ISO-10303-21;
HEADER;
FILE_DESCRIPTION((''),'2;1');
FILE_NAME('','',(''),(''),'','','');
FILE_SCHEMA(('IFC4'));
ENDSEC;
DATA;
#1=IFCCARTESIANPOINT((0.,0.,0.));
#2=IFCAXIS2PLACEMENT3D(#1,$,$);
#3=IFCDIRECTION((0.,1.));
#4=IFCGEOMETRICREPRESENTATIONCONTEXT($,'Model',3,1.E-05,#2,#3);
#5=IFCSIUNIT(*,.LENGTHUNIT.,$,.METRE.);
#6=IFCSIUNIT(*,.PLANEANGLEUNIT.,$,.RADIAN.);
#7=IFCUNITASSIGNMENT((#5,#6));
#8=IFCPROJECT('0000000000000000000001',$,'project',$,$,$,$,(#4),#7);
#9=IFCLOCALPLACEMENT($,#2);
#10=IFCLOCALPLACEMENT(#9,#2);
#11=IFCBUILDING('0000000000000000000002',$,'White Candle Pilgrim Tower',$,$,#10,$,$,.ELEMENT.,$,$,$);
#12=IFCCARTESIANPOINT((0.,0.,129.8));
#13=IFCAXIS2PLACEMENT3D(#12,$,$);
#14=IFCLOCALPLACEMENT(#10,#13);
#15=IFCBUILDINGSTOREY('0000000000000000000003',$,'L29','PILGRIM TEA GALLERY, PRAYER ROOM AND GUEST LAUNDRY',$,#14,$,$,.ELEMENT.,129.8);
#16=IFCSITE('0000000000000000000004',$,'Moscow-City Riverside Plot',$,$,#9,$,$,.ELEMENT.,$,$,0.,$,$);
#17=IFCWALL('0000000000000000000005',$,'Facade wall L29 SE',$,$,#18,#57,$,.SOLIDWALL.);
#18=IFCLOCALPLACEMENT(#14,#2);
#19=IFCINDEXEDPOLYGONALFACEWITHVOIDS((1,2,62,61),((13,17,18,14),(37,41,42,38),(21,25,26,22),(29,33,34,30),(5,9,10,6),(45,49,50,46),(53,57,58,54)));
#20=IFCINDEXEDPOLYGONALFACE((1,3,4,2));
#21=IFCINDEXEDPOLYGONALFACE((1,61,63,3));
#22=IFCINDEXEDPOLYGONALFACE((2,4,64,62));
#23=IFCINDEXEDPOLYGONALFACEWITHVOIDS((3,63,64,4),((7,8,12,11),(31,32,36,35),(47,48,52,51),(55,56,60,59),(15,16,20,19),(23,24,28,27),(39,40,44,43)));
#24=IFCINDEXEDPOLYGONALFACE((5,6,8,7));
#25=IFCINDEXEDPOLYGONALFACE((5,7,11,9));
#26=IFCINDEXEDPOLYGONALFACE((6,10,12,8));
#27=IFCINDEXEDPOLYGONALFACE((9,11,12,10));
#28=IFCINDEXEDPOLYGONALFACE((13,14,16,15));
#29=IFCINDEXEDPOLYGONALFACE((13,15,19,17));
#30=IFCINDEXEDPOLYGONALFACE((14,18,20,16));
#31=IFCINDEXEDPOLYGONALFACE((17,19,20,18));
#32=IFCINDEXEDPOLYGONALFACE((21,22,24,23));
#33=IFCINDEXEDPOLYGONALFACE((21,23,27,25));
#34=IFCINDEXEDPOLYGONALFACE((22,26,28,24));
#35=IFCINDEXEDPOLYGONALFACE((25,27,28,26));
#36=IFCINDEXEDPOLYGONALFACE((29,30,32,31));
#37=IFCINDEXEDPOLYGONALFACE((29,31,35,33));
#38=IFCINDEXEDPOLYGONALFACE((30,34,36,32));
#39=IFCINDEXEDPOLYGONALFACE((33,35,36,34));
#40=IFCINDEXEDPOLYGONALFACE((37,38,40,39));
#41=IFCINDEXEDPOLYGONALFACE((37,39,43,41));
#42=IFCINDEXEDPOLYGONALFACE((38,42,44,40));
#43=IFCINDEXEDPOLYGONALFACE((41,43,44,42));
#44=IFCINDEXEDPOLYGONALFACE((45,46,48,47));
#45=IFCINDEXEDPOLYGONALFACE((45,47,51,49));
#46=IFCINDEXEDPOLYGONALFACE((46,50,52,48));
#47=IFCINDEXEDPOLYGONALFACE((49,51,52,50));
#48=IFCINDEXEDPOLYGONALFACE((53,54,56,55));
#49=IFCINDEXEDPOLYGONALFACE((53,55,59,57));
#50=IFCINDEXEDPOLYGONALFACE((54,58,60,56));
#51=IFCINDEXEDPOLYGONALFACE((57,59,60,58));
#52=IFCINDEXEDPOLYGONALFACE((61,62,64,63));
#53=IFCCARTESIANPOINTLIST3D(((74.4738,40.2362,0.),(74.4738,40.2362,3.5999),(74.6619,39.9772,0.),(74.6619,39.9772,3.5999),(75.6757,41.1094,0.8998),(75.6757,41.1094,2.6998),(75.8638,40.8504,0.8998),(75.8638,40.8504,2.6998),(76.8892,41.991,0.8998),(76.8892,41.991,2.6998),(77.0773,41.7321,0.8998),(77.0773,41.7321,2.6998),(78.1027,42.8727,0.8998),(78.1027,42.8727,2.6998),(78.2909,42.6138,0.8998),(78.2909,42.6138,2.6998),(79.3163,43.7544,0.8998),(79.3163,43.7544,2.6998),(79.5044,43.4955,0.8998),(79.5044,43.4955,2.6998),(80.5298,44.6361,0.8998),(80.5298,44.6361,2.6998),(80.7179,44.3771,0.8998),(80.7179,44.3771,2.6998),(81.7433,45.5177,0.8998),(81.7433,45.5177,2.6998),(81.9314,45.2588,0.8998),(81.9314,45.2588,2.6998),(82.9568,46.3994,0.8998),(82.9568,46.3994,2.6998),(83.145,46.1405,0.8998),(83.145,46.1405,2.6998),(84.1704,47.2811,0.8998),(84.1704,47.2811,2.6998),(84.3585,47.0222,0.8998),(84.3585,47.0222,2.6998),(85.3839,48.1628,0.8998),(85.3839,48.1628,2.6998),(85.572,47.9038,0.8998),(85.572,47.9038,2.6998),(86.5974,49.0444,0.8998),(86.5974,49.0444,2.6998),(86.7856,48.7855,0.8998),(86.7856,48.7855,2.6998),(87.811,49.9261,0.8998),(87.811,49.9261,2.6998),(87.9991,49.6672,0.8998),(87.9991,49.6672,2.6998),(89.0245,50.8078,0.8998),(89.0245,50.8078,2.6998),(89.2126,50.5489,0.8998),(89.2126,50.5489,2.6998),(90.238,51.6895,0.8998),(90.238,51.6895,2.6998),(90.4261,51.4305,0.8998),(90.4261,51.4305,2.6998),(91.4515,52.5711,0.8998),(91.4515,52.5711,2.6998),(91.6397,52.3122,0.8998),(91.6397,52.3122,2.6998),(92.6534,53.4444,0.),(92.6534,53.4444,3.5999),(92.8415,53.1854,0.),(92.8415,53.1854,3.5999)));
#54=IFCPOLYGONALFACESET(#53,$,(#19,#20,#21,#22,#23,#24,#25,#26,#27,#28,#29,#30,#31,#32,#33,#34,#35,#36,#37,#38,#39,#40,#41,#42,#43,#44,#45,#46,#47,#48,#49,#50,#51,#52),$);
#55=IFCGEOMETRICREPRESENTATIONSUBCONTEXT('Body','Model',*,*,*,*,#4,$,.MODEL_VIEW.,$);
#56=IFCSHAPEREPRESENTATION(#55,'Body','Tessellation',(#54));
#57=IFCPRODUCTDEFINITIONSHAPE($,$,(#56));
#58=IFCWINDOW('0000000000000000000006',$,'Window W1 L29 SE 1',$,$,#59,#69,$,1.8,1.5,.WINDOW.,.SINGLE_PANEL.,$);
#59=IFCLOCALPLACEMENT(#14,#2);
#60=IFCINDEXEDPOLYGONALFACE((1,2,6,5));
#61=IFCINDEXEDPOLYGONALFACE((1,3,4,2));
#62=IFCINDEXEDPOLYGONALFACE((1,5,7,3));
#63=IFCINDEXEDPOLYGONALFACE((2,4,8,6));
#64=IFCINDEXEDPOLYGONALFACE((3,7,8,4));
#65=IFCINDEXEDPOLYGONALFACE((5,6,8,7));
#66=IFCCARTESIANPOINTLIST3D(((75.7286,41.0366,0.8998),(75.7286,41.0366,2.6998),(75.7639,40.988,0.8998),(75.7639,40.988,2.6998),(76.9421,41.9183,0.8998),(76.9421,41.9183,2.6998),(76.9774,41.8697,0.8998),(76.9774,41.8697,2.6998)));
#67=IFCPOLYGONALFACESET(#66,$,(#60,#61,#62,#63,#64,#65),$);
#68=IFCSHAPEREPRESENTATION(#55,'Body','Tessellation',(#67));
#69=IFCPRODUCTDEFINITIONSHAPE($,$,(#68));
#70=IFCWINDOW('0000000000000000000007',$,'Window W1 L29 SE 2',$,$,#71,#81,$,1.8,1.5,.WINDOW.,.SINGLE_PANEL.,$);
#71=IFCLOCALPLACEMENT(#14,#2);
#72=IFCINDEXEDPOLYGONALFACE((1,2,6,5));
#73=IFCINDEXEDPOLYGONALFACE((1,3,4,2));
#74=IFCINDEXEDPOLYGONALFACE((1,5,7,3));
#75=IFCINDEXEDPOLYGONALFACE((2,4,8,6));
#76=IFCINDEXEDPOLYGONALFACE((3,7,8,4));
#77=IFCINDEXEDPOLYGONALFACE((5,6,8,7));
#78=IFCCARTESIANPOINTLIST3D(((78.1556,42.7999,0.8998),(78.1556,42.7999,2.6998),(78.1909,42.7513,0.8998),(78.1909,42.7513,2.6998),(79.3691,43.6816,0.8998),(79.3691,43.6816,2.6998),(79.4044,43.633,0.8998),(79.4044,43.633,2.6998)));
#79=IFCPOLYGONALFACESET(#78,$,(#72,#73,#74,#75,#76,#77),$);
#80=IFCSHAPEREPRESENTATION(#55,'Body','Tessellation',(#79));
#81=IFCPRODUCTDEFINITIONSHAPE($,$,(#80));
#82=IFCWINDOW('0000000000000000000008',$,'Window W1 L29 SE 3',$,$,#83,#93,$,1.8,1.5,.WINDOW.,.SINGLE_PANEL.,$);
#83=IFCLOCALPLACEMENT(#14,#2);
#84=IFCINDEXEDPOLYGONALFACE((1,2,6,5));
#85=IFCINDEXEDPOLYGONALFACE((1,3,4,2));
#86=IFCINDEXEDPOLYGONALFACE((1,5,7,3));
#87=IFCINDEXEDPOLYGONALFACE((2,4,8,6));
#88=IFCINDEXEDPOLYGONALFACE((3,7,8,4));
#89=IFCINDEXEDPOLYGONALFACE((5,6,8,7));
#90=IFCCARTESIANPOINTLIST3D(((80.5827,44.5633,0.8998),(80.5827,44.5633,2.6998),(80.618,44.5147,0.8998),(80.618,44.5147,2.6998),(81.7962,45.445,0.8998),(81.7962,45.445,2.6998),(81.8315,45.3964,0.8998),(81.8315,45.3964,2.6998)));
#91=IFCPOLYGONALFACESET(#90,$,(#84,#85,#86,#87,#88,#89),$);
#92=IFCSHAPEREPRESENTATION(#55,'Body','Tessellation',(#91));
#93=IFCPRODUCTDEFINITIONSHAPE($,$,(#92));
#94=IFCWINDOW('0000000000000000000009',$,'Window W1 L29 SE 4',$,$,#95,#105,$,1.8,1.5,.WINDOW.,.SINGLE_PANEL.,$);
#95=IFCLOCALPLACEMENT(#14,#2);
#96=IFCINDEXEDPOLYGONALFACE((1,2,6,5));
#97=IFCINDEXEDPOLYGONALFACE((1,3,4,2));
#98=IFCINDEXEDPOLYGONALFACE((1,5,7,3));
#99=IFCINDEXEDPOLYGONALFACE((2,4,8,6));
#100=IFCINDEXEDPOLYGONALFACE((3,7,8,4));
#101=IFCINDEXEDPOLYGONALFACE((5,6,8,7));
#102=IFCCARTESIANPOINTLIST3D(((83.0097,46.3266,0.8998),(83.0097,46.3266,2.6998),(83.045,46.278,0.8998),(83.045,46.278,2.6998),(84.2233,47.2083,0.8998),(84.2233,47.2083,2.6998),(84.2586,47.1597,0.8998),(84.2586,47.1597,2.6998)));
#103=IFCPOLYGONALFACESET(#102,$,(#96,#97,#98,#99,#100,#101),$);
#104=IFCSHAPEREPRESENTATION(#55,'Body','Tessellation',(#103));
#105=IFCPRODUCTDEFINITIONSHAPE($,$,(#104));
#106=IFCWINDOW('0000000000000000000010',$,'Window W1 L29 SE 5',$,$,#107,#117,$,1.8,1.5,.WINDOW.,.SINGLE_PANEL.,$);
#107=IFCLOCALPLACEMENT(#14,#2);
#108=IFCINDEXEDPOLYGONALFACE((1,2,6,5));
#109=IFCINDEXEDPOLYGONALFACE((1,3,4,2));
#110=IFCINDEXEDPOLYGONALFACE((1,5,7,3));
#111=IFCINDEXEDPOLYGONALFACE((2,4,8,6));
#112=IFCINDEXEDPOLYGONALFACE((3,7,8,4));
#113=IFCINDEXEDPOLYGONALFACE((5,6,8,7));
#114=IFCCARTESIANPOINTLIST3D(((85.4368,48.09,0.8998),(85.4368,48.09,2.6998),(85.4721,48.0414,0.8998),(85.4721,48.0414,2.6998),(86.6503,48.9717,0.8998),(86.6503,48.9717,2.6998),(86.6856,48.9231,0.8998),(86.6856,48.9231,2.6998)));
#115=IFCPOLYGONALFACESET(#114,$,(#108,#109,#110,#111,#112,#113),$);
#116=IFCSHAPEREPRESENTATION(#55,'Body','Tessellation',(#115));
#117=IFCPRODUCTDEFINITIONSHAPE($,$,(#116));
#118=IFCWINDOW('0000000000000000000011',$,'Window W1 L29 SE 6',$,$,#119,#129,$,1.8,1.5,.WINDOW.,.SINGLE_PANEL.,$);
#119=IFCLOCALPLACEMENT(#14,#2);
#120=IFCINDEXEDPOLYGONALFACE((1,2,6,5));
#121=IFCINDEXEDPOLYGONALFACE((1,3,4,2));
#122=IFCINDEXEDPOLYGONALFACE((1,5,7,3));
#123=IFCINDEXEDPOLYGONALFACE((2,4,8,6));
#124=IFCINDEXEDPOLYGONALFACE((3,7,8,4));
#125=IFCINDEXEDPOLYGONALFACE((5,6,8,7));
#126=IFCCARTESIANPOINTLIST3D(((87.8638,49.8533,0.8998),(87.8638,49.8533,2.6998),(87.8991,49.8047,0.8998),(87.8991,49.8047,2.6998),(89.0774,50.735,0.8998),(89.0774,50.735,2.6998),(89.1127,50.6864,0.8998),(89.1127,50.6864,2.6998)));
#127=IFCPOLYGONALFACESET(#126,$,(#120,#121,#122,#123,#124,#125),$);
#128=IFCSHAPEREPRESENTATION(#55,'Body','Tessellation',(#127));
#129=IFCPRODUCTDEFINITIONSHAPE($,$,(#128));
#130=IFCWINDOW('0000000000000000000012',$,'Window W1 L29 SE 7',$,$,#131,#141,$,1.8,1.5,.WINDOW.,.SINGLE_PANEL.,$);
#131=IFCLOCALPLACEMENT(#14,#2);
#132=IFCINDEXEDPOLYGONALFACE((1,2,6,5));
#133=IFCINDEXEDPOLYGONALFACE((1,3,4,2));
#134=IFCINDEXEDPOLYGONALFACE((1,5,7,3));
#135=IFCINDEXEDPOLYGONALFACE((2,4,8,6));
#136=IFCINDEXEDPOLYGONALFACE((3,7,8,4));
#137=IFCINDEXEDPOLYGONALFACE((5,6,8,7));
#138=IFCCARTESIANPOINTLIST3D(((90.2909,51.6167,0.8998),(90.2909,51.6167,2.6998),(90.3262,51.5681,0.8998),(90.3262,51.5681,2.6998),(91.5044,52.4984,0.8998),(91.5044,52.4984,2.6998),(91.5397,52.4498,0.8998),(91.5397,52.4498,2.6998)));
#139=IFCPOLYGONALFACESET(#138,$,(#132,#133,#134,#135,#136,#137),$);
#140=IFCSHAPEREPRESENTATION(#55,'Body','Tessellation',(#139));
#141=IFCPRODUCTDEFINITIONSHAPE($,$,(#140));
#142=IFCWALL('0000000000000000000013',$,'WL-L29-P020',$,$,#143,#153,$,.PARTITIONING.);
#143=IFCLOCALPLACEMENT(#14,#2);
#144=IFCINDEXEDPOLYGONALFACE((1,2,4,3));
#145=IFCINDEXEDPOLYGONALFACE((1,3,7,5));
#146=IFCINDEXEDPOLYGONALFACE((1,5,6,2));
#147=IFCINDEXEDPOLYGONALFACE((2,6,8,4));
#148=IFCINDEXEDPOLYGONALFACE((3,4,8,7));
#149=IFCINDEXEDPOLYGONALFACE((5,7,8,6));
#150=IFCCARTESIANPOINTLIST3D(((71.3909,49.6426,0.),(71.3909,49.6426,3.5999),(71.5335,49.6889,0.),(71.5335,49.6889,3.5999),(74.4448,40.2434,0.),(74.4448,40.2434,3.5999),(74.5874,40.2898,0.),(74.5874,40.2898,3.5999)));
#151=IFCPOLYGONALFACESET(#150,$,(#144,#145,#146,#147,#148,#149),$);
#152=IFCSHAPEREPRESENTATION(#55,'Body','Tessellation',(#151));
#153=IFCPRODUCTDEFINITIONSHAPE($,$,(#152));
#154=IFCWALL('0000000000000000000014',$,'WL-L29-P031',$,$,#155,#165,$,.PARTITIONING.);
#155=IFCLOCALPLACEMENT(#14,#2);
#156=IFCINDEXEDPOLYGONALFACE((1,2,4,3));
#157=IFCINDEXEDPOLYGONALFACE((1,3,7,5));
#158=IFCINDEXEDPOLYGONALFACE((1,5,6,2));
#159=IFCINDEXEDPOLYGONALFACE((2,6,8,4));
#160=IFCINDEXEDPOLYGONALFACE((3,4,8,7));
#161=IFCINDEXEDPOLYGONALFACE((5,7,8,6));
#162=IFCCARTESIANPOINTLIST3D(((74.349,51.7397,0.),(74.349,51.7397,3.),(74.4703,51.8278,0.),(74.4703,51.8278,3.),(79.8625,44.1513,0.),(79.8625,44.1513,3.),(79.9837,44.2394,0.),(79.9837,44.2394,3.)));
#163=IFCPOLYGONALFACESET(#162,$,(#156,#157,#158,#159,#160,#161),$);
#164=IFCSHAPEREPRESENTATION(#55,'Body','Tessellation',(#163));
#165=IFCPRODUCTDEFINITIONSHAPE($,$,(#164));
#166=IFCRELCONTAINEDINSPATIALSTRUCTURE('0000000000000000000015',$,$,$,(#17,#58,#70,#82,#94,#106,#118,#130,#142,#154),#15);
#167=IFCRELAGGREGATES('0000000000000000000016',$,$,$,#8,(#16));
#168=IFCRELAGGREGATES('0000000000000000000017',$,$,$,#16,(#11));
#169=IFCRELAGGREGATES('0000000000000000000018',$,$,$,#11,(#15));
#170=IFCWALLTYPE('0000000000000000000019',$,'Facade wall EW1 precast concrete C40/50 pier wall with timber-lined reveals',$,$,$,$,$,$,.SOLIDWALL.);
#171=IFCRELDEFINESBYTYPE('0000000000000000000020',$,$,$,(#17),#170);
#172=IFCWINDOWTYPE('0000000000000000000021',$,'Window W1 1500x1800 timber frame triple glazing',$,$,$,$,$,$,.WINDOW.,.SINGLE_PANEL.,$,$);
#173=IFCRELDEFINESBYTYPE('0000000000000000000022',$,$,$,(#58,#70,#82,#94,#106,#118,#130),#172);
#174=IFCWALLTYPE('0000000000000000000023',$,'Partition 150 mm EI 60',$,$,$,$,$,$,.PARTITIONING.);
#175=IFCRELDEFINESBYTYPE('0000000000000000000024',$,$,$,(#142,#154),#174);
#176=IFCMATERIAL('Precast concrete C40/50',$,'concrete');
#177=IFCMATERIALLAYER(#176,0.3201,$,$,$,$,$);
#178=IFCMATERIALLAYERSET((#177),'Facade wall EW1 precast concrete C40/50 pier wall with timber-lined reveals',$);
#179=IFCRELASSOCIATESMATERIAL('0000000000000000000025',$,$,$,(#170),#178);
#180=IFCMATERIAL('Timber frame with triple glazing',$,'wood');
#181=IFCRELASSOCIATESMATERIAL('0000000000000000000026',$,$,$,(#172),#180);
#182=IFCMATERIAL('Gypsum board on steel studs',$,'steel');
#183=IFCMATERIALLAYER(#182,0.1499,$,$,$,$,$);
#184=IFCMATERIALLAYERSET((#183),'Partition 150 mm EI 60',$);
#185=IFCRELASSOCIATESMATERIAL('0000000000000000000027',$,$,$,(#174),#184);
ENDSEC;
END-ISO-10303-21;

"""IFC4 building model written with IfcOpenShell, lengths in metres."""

from ifc_helpers import new_model, si_unit, direction, frame, frame_2d, origin, place, context, subcontext, project, spatial, rectangle, extrude, material, layer, layer_set, type_object, element, fill, save


model = new_model("IFC4")

# Units and contexts
model_context = context("Model", 3, precision=1e-05, world=origin(), true_north=direction((0.0, 1.0)))
body_context = subcontext(model_context, "Body", "Model", "MODEL_VIEW")
ifc_project = project(units=[si_unit("LENGTHUNIT", "METRE"), si_unit("PLANEANGLEUNIT", "RADIAN")], contexts=[model_context])

# Site, building, storey
site_placement = place(None, origin())
site = spatial("IfcSite", under=ifc_project, at=site_placement, Name="Moscow-City Riverside Plot", CompositionType="ELEMENT", RefElevation=0.0)
building_placement = place(site_placement, origin())
building = spatial("IfcBuilding", under=site, at=building_placement, Name="White Candle Pilgrim Tower", CompositionType="ELEMENT")
storey_placement = place(building_placement, frame((0.0, 0.0, 129.8)))
storey = spatial("IfcBuildingStorey", under=building, at=storey_placement, Name="L29", Description="PILGRIM TEA GALLERY, PRAYER ROOM AND GUEST LAUNDRY", CompositionType="ELEMENT", Elevation=129.8)

# Shared definitions
ifc_material_1 = material(Name="Gypsum board on steel studs", Category="steel")

# Wall, openings, windows
ifc_material_2 = material(Name="Precast concrete C40/50", Category="concrete")
ifc_layer_1 = layer(ifc_material_2, 0.3201)
ifc_layer_set_1 = layer_set([ifc_layer_1], Name="Facade wall EW1 precast concrete C40/50 pier wall with timber-lined reveals")
wall_type_1 = type_object("IfcWallType", Name="Facade wall EW1 precast concrete C40/50 pier wall with timber-lined reveals", PredefinedType="SOLIDWALL", material=ifc_layer_set_1)
wall_1_placement = place(storey_placement, frame((74.5679, 40.1067, 0.0), z_axis=(0.0, 0.0, 1.0), x_axis=(0.809018, 0.587783, 0.0)))
wall_1 = element("IfcWall", 1, at=wall_1_placement, inside=storey, type_object=wall_type_1, Name="Facade wall L29 SE", PredefinedType="SOLIDWALL", context=body_context, shape_type="SweptSolid", body=[
    extrude(rectangle(XDim=22.4712, YDim=0.3201, at=frame_2d((11.2356, 0.0))), origin(), (0.0, 0.0, 1.0), 3.5999),
])
opening_1_placement = place(wall_1_placement, frame((1.4856, 0.0, 0.8999)))
opening_1 = element("IfcOpeningElement", 2, at=opening_1_placement, cuts=wall_1, PredefinedType="OPENING", context=body_context, shape_type="SweptSolid", body=[
    extrude(rectangle(XDim=1.5, YDim=1.8, at=frame_2d((0.75, 0.8999))), frame((0.0, 0.1699, 0.0), z_axis=(0.0, -1.0, 0.0), x_axis=(1.0, 0.0, 0.0)), (0.0, 0.0, 1.0), 0.3401),
])
opening_2_placement = place(wall_1_placement, frame((4.4856, 0.0, 0.8999)))
opening_2 = element("IfcOpeningElement", 3, at=opening_2_placement, cuts=wall_1, PredefinedType="OPENING", context=body_context, shape_type="SweptSolid", body=[
    extrude(rectangle(XDim=1.5, YDim=1.8, at=frame_2d((0.75, 0.8999))), frame((0.0, 0.1699, 0.0), z_axis=(0.0, -1.0, 0.0), x_axis=(1.0, 0.0, 0.0)), (0.0, 0.0, 1.0), 0.3401),
])
opening_3_placement = place(wall_1_placement, frame((7.4856, 0.0, 0.8999)))
opening_3 = element("IfcOpeningElement", 4, at=opening_3_placement, cuts=wall_1, PredefinedType="OPENING", context=body_context, shape_type="SweptSolid", body=[
    extrude(rectangle(XDim=1.5, YDim=1.8, at=frame_2d((0.75, 0.8999))), frame((0.0, 0.1699, 0.0), z_axis=(0.0, -1.0, 0.0), x_axis=(1.0, 0.0, 0.0)), (0.0, 0.0, 1.0), 0.3401),
])
opening_4_placement = place(wall_1_placement, frame((10.4856, 0.0, 0.8999)))
opening_4 = element("IfcOpeningElement", 5, at=opening_4_placement, cuts=wall_1, PredefinedType="OPENING", context=body_context, shape_type="SweptSolid", body=[
    extrude(rectangle(XDim=1.5, YDim=1.8, at=frame_2d((0.75, 0.8999))), frame((0.0, 0.1699, 0.0), z_axis=(0.0, -1.0, 0.0), x_axis=(1.0, 0.0, 0.0)), (0.0, 0.0, 1.0), 0.3401),
])
opening_5_placement = place(wall_1_placement, frame((13.4856, 0.0, 0.8999)))
opening_5 = element("IfcOpeningElement", 6, at=opening_5_placement, cuts=wall_1, PredefinedType="OPENING", context=body_context, shape_type="SweptSolid", body=[
    extrude(rectangle(XDim=1.5, YDim=1.8, at=frame_2d((0.75, 0.8999))), frame((0.0, 0.1699, 0.0), z_axis=(0.0, -1.0, 0.0), x_axis=(1.0, 0.0, 0.0)), (0.0, 0.0, 1.0), 0.3401),
])
opening_6_placement = place(wall_1_placement, frame((16.4856, 0.0, 0.8999)))
opening_6 = element("IfcOpeningElement", 7, at=opening_6_placement, cuts=wall_1, PredefinedType="OPENING", context=body_context, shape_type="SweptSolid", body=[
    extrude(rectangle(XDim=1.5, YDim=1.8, at=frame_2d((0.75, 0.8999))), frame((0.0, 0.1699, 0.0), z_axis=(0.0, -1.0, 0.0), x_axis=(1.0, 0.0, 0.0)), (0.0, 0.0, 1.0), 0.3401),
])
opening_7_placement = place(wall_1_placement, frame((19.4856, 0.0, 0.8999)))
opening_7 = element("IfcOpeningElement", 8, at=opening_7_placement, cuts=wall_1, PredefinedType="OPENING", context=body_context, shape_type="SweptSolid", body=[
    extrude(rectangle(XDim=1.5, YDim=1.8, at=frame_2d((0.75, 0.8999))), frame((0.0, 0.1699, 0.0), z_axis=(0.0, -1.0, 0.0), x_axis=(1.0, 0.0, 0.0)), (0.0, 0.0, 1.0), 0.3401),
])
ifc_material_3 = material(Name="Timber frame with triple glazing", Category="wood")
window_type = type_object("IfcWindowType", Name="Window W1 1500x1800 timber frame triple glazing", PartitioningType="SINGLE_PANEL", PredefinedType="WINDOW", material=ifc_material_3)
window_1_placement = place(opening_1_placement, origin())
window_1 = element("IfcWindow", 9, at=window_1_placement, inside=storey, type_object=window_type, Name="Window W1 L29 SE 1", OverallHeight=1.8, OverallWidth=1.5, PartitioningType="SINGLE_PANEL", PredefinedType="WINDOW", context=body_context, shape_type="SweptSolid", body=[
    extrude(rectangle(XDim=1.5, YDim=1.8, at=frame_2d((0.75, 0.8999))), frame((0.0, 0.0701, 0.0), z_axis=(0.0, -1.0, 0.0), x_axis=(1.0, 0.0, 0.0)), (0.0, 0.0, 1.0), 0.0601),
])
fill(opening_1, window_1)
window_2_placement = place(opening_2_placement, origin())
window_2 = element("IfcWindow", 10, at=window_2_placement, inside=storey, type_object=window_type, Name="Window W1 L29 SE 2", OverallHeight=1.8, OverallWidth=1.5, PartitioningType="SINGLE_PANEL", PredefinedType="WINDOW", context=body_context, shape_type="SweptSolid", body=[
    extrude(rectangle(XDim=1.5, YDim=1.8, at=frame_2d((0.75, 0.8999))), frame((0.0, 0.0701, 0.0), z_axis=(0.0, -1.0, 0.0), x_axis=(1.0, 0.0, 0.0)), (0.0, 0.0, 1.0), 0.0601),
])
fill(opening_2, window_2)
window_3_placement = place(opening_3_placement, origin())
window_3 = element("IfcWindow", 11, at=window_3_placement, inside=storey, type_object=window_type, Name="Window W1 L29 SE 3", OverallHeight=1.8, OverallWidth=1.5, PartitioningType="SINGLE_PANEL", PredefinedType="WINDOW", context=body_context, shape_type="SweptSolid", body=[
    extrude(rectangle(XDim=1.5, YDim=1.8, at=frame_2d((0.75, 0.8999))), frame((0.0, 0.0701, 0.0), z_axis=(0.0, -1.0, 0.0), x_axis=(1.0, 0.0, 0.0)), (0.0, 0.0, 1.0), 0.0601),
])
fill(opening_3, window_3)
window_4_placement = place(opening_4_placement, origin())
window_4 = element("IfcWindow", 12, at=window_4_placement, inside=storey, type_object=window_type, Name="Window W1 L29 SE 4", OverallHeight=1.8, OverallWidth=1.5, PartitioningType="SINGLE_PANEL", PredefinedType="WINDOW", context=body_context, shape_type="SweptSolid", body=[
    extrude(rectangle(XDim=1.5, YDim=1.8, at=frame_2d((0.75, 0.8999))), frame((0.0, 0.0701, 0.0), z_axis=(0.0, -1.0, 0.0), x_axis=(1.0, 0.0, 0.0)), (0.0, 0.0, 1.0), 0.0601),
])
fill(opening_4, window_4)
window_5_placement = place(opening_5_placement, origin())
window_5 = element("IfcWindow", 13, at=window_5_placement, inside=storey, type_object=window_type, Name="Window W1 L29 SE 5", OverallHeight=1.8, OverallWidth=1.5, PartitioningType="SINGLE_PANEL", PredefinedType="WINDOW", context=body_context, shape_type="SweptSolid", body=[
    extrude(rectangle(XDim=1.5, YDim=1.8, at=frame_2d((0.75, 0.8999))), frame((0.0, 0.0701, 0.0), z_axis=(0.0, -1.0, 0.0), x_axis=(1.0, 0.0, 0.0)), (0.0, 0.0, 1.0), 0.0601),
])
fill(opening_5, window_5)
window_6_placement = place(opening_6_placement, origin())
window_6 = element("IfcWindow", 14, at=window_6_placement, inside=storey, type_object=window_type, Name="Window W1 L29 SE 6", OverallHeight=1.8, OverallWidth=1.5, PartitioningType="SINGLE_PANEL", PredefinedType="WINDOW", context=body_context, shape_type="SweptSolid", body=[
    extrude(rectangle(XDim=1.5, YDim=1.8, at=frame_2d((0.75, 0.8999))), frame((0.0, 0.0701, 0.0), z_axis=(0.0, -1.0, 0.0), x_axis=(1.0, 0.0, 0.0)), (0.0, 0.0, 1.0), 0.0601),
])
fill(opening_6, window_6)
window_7_placement = place(opening_7_placement, origin())
window_7 = element("IfcWindow", 15, at=window_7_placement, inside=storey, type_object=window_type, Name="Window W1 L29 SE 7", OverallHeight=1.8, OverallWidth=1.5, PartitioningType="SINGLE_PANEL", PredefinedType="WINDOW", context=body_context, shape_type="SweptSolid", body=[
    extrude(rectangle(XDim=1.5, YDim=1.8, at=frame_2d((0.75, 0.8999))), frame((0.0, 0.0701, 0.0), z_axis=(0.0, -1.0, 0.0), x_axis=(1.0, 0.0, 0.0)), (0.0, 0.0, 1.0), 0.0601),
])
fill(opening_7, window_7)

# Walls
ifc_layer_2 = layer(ifc_material_1, 0.1499)
ifc_layer_set_2 = layer_set([ifc_layer_2], Name="Partition 150 mm EI 60")
wall_type_2 = type_object("IfcWallType", Name="Partition 150 mm EI 60", PredefinedType="PARTITIONING", material=ifc_layer_set_2)
wall_2_placement = place(storey_placement, frame((74.5161, 40.2666, 0.0), z_axis=(0.0, 0.0, 1.0), x_axis=(-0.309015, 0.951057, 0.0)))
element("IfcWall", 16, at=wall_2_placement, inside=storey, type_object=wall_type_2, Name="WL-L29-P020", PredefinedType="PARTITIONING", context=body_context, shape_type="SweptSolid", body=[
    extrude(rectangle(XDim=9.8828, YDim=0.1499, at=frame_2d((4.9414, 0.0))), origin(), (0.0, 0.0, 1.0), 3.5999),
])
wall_3_placement = place(storey_placement, frame((79.9231, 44.1953, 0.0), z_axis=(0.0, 0.0, 1.0), x_axis=(-0.587796, 0.80901, 0.0)))
element("IfcWall", 17, at=wall_3_placement, inside=storey, type_object=wall_type_2, Name="WL-L29-P031", PredefinedType="PARTITIONING", context=body_context, shape_type="SweptSolid", body=[
    extrude(rectangle(XDim=9.3799, YDim=0.1499, at=frame_2d((4.6899, 0.0))), origin(), (0.0, 0.0, 1.0), 3.0),
])

save(model, "model.ifc")
